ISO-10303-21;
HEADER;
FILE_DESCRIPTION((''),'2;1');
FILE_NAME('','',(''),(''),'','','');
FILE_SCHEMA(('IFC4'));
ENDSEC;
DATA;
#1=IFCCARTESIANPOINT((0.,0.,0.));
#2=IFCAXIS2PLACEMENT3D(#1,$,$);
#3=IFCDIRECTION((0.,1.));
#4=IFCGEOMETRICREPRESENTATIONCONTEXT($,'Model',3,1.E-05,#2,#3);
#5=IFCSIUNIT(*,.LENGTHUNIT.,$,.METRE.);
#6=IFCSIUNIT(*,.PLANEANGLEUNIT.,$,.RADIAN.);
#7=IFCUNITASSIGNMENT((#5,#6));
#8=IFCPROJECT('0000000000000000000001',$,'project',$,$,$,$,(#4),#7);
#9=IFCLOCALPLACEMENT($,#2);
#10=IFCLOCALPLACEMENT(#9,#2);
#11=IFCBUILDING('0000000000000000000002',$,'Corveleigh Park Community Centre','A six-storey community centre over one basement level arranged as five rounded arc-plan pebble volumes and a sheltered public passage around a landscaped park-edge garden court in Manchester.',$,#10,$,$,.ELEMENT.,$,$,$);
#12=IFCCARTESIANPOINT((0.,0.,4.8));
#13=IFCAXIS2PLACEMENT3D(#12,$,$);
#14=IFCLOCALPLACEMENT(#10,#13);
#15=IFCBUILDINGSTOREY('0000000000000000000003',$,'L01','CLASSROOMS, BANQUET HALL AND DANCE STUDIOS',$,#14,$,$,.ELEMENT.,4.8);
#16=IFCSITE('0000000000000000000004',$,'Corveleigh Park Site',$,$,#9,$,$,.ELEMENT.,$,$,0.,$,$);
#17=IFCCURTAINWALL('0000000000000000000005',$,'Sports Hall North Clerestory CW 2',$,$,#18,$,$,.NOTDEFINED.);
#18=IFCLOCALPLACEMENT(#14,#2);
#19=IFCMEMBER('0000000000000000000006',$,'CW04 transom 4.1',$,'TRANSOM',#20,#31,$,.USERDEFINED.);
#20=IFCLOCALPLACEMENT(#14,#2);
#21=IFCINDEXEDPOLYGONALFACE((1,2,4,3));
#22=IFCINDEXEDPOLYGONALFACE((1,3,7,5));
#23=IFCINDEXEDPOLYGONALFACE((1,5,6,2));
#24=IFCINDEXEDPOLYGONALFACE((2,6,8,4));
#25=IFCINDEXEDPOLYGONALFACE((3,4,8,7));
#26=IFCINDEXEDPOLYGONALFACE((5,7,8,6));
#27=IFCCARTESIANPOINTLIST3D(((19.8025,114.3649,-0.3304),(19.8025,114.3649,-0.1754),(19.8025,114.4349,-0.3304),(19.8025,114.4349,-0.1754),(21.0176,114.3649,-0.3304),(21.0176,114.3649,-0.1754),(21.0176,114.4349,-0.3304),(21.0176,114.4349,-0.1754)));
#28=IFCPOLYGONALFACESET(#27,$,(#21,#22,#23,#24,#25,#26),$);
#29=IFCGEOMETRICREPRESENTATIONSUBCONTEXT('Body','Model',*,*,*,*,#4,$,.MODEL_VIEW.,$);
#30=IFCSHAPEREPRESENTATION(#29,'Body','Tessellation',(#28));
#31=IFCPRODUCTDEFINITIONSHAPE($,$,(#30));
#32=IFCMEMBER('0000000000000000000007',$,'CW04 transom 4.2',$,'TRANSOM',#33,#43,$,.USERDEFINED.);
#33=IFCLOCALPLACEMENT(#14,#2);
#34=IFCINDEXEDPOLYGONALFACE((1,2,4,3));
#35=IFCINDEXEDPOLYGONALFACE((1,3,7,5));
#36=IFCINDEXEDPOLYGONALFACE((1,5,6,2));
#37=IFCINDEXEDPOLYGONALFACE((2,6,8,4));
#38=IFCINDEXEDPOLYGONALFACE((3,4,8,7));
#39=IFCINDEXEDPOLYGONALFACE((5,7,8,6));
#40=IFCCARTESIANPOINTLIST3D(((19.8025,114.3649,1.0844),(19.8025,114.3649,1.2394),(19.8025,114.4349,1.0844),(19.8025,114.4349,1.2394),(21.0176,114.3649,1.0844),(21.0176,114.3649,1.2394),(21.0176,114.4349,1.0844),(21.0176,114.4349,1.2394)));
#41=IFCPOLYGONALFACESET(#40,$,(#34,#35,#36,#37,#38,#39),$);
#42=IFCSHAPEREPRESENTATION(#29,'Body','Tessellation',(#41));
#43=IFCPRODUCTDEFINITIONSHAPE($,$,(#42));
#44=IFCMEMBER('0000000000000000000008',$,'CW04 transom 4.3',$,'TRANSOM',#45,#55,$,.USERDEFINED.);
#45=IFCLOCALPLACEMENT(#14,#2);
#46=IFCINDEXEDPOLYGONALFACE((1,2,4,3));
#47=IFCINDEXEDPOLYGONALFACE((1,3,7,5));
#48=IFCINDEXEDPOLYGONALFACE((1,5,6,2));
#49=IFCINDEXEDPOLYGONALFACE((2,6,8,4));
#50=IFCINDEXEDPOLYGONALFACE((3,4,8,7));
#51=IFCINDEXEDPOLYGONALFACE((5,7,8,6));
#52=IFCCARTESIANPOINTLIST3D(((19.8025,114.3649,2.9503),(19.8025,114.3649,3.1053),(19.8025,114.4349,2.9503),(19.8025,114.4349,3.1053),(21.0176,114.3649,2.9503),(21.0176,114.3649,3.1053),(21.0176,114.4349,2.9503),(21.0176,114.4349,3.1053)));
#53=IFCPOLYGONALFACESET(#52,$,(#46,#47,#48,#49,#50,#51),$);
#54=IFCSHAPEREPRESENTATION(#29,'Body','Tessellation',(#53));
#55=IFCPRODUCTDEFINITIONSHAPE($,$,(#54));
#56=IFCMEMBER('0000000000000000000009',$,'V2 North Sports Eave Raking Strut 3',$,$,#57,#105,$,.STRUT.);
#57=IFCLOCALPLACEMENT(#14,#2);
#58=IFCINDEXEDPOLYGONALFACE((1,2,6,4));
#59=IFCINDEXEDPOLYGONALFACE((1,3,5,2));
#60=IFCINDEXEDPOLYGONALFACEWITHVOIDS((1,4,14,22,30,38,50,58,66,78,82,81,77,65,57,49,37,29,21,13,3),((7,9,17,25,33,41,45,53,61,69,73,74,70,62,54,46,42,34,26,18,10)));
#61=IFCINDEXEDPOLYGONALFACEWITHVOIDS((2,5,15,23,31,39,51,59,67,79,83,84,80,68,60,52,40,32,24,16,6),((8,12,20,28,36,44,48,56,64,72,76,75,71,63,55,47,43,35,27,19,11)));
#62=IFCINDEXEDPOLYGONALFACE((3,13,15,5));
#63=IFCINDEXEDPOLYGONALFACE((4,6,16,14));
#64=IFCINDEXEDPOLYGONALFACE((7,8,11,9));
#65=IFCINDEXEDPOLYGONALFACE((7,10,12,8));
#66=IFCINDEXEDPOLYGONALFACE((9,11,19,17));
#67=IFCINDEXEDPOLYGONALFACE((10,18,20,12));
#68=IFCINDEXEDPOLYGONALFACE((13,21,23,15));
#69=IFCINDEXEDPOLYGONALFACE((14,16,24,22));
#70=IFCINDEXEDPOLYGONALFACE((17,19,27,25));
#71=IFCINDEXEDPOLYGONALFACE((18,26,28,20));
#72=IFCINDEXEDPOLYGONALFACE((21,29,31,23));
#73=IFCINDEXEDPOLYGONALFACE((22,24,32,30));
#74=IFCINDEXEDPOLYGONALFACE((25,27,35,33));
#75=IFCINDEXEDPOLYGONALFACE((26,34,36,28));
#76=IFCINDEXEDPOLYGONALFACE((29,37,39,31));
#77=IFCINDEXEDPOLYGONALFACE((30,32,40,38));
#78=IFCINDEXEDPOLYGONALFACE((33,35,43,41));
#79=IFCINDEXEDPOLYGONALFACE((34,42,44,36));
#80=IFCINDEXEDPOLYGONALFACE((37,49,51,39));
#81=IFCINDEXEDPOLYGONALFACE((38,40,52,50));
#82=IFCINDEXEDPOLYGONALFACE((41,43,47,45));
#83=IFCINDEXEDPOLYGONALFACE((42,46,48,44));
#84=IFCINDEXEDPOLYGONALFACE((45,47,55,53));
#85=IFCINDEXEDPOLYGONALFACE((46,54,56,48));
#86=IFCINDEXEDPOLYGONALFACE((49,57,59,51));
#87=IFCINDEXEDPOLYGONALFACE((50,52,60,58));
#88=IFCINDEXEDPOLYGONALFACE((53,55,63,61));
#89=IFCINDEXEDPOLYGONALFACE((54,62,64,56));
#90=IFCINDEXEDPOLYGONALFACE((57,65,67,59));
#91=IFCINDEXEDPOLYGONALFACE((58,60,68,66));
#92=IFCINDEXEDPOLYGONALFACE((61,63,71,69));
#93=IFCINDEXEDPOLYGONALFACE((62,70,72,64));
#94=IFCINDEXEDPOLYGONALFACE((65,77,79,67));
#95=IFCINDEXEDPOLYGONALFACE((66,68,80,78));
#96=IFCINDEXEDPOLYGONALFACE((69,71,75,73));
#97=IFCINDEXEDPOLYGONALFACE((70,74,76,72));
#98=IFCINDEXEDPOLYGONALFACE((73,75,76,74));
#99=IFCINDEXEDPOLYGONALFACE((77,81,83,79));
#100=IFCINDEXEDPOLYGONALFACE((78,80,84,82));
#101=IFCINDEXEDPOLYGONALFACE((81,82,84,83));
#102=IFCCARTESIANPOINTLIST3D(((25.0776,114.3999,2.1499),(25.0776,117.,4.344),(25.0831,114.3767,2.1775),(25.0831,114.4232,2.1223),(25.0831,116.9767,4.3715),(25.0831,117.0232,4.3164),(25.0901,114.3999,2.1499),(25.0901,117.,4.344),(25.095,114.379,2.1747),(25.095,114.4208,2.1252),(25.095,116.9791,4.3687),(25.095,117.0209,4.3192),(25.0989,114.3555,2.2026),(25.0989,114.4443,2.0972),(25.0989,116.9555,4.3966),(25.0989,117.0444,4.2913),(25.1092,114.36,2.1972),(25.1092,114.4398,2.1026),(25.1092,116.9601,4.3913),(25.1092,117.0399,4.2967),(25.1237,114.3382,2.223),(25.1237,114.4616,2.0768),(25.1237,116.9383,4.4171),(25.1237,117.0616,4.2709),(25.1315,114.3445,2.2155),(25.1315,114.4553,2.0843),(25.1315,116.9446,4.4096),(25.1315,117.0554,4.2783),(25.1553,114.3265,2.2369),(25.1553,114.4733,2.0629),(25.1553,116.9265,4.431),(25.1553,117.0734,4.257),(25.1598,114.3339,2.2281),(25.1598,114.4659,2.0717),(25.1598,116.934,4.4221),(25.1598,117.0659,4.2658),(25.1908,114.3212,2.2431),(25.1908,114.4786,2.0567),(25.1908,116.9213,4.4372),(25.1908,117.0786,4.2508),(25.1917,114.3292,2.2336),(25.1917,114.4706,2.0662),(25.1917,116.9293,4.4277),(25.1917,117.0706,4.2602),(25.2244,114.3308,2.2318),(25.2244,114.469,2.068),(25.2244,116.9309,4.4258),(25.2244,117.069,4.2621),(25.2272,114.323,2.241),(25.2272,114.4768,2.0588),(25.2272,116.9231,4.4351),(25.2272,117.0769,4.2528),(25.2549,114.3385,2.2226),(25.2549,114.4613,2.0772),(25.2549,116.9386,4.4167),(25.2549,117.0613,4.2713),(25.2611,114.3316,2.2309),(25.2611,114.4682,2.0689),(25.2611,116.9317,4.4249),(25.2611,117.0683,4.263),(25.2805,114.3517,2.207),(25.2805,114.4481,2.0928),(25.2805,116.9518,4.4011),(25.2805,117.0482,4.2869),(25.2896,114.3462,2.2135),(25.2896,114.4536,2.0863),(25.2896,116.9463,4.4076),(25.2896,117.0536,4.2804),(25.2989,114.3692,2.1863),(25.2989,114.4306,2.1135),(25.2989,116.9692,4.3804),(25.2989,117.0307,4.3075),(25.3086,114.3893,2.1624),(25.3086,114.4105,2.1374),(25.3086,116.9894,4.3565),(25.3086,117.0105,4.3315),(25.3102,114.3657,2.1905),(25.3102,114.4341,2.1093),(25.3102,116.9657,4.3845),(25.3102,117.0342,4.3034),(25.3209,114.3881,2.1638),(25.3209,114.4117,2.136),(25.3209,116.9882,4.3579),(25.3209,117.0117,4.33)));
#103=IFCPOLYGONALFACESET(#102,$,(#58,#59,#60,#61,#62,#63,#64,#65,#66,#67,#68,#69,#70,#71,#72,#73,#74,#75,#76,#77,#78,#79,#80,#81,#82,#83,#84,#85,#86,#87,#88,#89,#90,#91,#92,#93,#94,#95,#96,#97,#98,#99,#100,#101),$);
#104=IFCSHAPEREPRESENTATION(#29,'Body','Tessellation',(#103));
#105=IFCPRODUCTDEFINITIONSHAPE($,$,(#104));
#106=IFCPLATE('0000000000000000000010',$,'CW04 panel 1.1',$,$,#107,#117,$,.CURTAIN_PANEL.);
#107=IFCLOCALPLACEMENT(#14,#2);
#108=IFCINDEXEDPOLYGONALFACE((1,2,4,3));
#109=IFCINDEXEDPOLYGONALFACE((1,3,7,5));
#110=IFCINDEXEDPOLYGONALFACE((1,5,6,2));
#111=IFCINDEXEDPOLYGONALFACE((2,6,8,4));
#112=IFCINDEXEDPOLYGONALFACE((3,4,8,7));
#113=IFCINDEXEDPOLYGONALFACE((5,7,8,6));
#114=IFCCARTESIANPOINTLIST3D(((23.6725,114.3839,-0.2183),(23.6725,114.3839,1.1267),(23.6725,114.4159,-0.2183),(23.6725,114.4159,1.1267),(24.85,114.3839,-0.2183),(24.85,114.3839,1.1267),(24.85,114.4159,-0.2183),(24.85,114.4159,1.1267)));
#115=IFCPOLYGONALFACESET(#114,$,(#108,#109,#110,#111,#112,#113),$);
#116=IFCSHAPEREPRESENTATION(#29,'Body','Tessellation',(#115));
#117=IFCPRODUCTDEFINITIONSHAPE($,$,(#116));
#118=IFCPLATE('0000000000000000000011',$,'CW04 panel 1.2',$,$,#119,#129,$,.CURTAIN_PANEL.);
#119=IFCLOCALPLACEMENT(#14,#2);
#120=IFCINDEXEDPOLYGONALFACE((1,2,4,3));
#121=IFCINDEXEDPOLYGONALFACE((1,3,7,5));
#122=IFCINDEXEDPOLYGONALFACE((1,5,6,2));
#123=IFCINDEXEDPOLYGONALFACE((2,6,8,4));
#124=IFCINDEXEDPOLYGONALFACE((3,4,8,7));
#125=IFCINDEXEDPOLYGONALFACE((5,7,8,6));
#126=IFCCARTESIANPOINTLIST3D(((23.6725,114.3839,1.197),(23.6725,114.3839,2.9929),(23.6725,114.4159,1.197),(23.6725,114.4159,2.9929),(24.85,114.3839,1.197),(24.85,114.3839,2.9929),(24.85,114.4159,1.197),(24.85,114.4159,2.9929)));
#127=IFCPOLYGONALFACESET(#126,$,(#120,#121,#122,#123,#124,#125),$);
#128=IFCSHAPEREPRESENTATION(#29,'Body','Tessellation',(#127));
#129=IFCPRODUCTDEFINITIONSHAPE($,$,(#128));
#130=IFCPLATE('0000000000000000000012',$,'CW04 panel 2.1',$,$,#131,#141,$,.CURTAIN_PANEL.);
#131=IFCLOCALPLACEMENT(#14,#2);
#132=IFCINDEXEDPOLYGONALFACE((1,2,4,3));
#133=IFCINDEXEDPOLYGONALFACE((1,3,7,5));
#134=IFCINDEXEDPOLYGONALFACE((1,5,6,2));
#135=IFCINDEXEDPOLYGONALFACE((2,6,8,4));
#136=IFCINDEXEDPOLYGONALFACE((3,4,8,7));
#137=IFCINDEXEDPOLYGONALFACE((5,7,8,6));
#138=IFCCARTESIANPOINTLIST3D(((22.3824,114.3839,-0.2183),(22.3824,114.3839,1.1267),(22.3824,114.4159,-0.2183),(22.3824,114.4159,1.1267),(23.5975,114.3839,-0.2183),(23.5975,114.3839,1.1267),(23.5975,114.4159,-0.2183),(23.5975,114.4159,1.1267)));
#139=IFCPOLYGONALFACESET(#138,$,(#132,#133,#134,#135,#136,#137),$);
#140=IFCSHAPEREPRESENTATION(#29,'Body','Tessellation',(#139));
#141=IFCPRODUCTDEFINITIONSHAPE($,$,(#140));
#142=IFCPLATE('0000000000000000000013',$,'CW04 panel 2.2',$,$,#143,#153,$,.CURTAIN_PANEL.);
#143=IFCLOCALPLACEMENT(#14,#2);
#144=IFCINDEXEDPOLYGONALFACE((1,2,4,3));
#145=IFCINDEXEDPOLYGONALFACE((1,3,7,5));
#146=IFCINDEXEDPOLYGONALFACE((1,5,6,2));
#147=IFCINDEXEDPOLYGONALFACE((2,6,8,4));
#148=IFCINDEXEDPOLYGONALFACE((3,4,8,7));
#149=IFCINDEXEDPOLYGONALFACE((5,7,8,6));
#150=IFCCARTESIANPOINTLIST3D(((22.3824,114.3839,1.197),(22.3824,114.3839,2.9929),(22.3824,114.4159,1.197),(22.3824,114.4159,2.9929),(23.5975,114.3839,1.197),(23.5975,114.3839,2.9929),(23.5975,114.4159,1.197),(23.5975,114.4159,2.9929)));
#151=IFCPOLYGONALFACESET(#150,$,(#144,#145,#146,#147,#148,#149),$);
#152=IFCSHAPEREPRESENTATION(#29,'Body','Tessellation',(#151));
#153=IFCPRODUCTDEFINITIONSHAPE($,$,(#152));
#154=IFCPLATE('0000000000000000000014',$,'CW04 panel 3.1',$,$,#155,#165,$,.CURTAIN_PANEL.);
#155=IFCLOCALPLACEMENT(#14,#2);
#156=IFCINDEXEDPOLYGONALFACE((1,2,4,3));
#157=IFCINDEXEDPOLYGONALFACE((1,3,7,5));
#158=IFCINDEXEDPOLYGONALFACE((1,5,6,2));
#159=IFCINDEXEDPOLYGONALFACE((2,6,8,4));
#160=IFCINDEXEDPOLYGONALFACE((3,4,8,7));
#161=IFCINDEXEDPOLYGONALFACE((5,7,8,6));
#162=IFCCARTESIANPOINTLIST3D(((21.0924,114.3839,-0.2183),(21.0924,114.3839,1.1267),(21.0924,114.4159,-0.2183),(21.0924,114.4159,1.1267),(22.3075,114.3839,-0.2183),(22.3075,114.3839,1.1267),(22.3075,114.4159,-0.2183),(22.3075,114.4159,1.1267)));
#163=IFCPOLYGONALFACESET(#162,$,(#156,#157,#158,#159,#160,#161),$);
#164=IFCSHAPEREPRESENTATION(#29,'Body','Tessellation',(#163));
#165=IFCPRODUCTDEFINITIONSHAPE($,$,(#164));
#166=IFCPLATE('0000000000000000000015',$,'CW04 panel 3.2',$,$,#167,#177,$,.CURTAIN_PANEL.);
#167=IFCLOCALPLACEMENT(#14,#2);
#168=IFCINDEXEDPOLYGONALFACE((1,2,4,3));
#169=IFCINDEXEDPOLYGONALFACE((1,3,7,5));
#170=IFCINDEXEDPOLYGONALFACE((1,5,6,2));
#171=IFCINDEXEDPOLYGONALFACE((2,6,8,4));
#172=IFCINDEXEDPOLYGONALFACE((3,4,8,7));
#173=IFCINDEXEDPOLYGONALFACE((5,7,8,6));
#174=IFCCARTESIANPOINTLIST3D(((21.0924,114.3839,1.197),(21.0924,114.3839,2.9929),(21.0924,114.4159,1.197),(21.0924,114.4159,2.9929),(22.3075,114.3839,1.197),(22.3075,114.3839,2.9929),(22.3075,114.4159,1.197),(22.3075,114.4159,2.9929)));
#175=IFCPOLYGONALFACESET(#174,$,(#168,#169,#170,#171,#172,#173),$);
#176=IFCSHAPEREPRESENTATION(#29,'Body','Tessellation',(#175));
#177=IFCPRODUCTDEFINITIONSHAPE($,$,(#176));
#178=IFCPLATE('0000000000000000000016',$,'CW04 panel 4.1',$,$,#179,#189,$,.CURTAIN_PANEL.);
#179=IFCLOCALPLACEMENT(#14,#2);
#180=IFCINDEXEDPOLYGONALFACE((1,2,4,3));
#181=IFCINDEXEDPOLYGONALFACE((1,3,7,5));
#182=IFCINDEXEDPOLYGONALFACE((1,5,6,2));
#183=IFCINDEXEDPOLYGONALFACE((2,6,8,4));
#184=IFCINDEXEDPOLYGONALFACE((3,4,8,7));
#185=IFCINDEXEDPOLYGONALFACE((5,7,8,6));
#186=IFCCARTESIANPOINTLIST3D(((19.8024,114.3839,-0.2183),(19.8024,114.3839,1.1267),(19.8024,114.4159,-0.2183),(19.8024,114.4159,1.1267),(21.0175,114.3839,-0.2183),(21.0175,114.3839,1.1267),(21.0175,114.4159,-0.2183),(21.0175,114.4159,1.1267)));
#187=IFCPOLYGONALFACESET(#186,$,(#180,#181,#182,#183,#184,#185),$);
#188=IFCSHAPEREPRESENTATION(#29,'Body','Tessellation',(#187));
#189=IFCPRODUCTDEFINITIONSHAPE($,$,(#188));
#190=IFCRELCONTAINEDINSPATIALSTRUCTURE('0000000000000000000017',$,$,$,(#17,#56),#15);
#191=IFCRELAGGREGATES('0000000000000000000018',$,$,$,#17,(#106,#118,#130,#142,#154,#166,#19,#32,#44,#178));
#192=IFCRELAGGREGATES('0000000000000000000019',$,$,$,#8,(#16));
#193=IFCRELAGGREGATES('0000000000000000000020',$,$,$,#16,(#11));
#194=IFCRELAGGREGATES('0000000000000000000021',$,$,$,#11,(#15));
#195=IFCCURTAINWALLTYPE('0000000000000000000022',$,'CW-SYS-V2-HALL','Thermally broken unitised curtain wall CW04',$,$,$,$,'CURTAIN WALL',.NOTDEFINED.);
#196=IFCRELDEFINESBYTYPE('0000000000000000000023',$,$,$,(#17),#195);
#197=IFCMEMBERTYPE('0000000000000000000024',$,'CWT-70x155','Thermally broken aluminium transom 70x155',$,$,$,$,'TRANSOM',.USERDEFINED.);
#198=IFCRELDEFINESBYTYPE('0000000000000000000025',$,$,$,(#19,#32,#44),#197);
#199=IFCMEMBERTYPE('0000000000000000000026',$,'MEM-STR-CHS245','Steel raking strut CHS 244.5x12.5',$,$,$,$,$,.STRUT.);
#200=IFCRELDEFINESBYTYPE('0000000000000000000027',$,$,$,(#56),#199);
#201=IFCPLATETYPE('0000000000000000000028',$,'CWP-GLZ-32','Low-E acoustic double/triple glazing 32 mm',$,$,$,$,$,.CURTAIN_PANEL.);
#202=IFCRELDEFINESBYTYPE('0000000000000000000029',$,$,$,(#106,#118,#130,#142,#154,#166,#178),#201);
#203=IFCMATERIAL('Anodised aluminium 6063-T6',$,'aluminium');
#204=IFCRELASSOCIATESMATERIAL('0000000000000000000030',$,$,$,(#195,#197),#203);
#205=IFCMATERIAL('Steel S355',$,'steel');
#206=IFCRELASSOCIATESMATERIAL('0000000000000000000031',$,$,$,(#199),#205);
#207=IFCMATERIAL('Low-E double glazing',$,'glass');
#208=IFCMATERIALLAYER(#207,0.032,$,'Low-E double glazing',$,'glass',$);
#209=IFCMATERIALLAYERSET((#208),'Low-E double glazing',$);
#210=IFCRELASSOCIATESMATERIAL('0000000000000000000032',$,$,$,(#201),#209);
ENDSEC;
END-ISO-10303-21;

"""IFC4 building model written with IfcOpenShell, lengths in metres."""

from ifc_helpers import new_model, si_unit, direction, frame, origin, origin_2d, place, context, subcontext, project, spatial, rectangle, hollow_circle, extrude, material, layer, layer_set, material_profile, profile_set, type_object, element, aggregate, save


model = new_model("IFC4")

# Units and contexts
model_context = context("Model", 3, precision=1e-05, world=origin(), true_north=direction((0.0, 1.0)))
body_context = subcontext(model_context, "Body", "Model", "MODEL_VIEW")
ifc_project = project(units=[si_unit("LENGTHUNIT", "METRE"), si_unit("PLANEANGLEUNIT", "RADIAN")], contexts=[model_context])

# Site, building, storey
site_placement = place(None, origin())
site = spatial("IfcSite", under=ifc_project, at=site_placement, Name="Corveleigh Park Site", CompositionType="ELEMENT", RefElevation=0.0)
building_placement = place(site_placement, origin())
building = spatial("IfcBuilding", under=site, at=building_placement, Name="Corveleigh Park Community Centre", Description="A six-storey community centre over one basement level arranged as five rounded arc-plan pebble volumes and a sheltered public passage around a landscaped park-edge garden court in Manchester.", CompositionType="ELEMENT")
storey_placement = place(building_placement, frame((0.0, 0.0, 4.8)))
storey = spatial("IfcBuildingStorey", under=building, at=storey_placement, Name="L01", Description="CLASSROOMS, BANQUET HALL AND DANCE STUDIOS", CompositionType="ELEMENT", Elevation=4.8)

# Curtain wall, members
ifc_material_1 = material(Name="Anodised aluminium 6063-T6", Category="aluminium")
curtain_wall_type = type_object("IfcCurtainWallType", Name="CW-SYS-V2-HALL", Description="Thermally broken unitised curtain wall CW04", ElementType="CURTAIN WALL", PredefinedType="NOTDEFINED", material=ifc_material_1)
curtain_wall_placement = place(storey_placement, origin())
curtain_wall = element("IfcCurtainWall", 1, at=curtain_wall_placement, inside=storey, type_object=curtain_wall_type, Name="Sports Hall North Clerestory CW 2", PredefinedType="NOTDEFINED")
ifc_material_profile_1 = material_profile(ifc_material_1, rectangle(XDim=0.0701, YDim=0.155, at=origin_2d()), Name="ALU-T70x155", Category="aluminium")
ifc_profile_set_1 = profile_set([ifc_material_profile_1], Name="Anodised aluminium 6063-T6")
member_type_1 = type_object("IfcMemberType", Name="CWT-70x155", Description="Thermally broken aluminium transom 70x155", ElementType="TRANSOM", PredefinedType="USERDEFINED", material=ifc_profile_set_1)
member_1_placement = place(storey_placement, frame((21.0176, 114.3999, -0.2529), z_axis=(-1.0, 0.0, 0.0), x_axis=(0.0, -1.0, 0.0)))
member_1 = element("IfcMember", 2, at=member_1_placement, type_object=member_type_1, Name="CW04 transom 4.1", ObjectType="TRANSOM", PredefinedType="USERDEFINED", context=body_context, shape_type="SweptSolid", body=[
    extrude(rectangle(XDim=0.0701, YDim=0.155, at=origin_2d()), origin(), (0.0, 0.0, 1.0), 1.2151),
])
member_2_placement = place(storey_placement, frame((21.0176, 114.3999, 1.1619), z_axis=(-1.0, 0.0, 0.0), x_axis=(0.0, -1.0, 0.0)))
member_2 = element("IfcMember", 3, at=member_2_placement, type_object=member_type_1, Name="CW04 transom 4.2", ObjectType="TRANSOM", PredefinedType="USERDEFINED", context=body_context, shape_type="SweptSolid", body=[
    extrude(rectangle(XDim=0.0701, YDim=0.155, at=origin_2d()), origin(), (0.0, 0.0, 1.0), 1.2151),
])
member_3_placement = place(storey_placement, frame((21.0176, 114.3999, 3.0278), z_axis=(-1.0, 0.0, 0.0), x_axis=(0.0, -1.0, 0.0)))
member_3 = element("IfcMember", 4, at=member_3_placement, type_object=member_type_1, Name="CW04 transom 4.3", ObjectType="TRANSOM", PredefinedType="USERDEFINED", context=body_context, shape_type="SweptSolid", body=[
    extrude(rectangle(XDim=0.0701, YDim=0.155, at=origin_2d()), origin(), (0.0, 0.0, 1.0), 1.2151),
])

# Member
ifc_material_2 = material(Name="Steel S355", Category="steel")
ifc_material_profile_2 = material_profile(ifc_material_2, hollow_circle(Radius=0.1223, WallThickness=0.0125, at=origin_2d()), Name="CHS 244.5x12.5", Category="steel")
ifc_profile_set_2 = profile_set([ifc_material_profile_2], Name="Steel S355")
member_type_2 = type_object("IfcMemberType", Name="MEM-STR-CHS245", Description="Steel raking strut CHS 244.5x12.5", PredefinedType="STRUT", material=ifc_profile_set_2)
member_4_placement = place(storey_placement, frame((25.2, 114.3999, 2.1499), z_axis=(0.0, 0.764254, 0.644915), x_axis=(-1.0, 0.0, 0.0)))
element("IfcMember", 5, at=member_4_placement, inside=storey, type_object=member_type_2, Name="V2 North Sports Eave Raking Strut 3", PredefinedType="STRUT", context=body_context, shape_type="SweptSolid", body=[
    extrude(hollow_circle(Radius=0.1223, WallThickness=0.0125, at=origin_2d()), origin(), (0.0, 0.0, 1.0), 3.4021),
])

# Plates
ifc_material_3 = material(Name="Low-E double glazing", Category="glass")
ifc_layer_1 = layer(ifc_material_3, 0.032, Name="Low-E double glazing", Category="glass")
ifc_layer_set_1 = layer_set([ifc_layer_1], Name="Low-E double glazing")
plate_type_1 = type_object("IfcPlateType", Name="CWP-GLZ-32", Description="Low-E acoustic double/triple glazing 32 mm", PredefinedType="CURTAIN_PANEL", material=ifc_layer_set_1)
plate_1_placement = place(storey_placement, frame((24.2612, 114.3999, -0.2183), z_axis=(0.0, 0.0, 1.0), x_axis=(-1.0, 0.0, 0.0)))
plate_1 = element("IfcPlate", 6, at=plate_1_placement, type_object=plate_type_1, Name="CW04 panel 1.1", PredefinedType="CURTAIN_PANEL", context=body_context, shape_type="SweptSolid", body=[
    extrude(rectangle(XDim=1.1775, YDim=0.032, at=origin_2d()), origin(), (0.0, 0.0, 1.0), 1.345),
])
plate_2_placement = place(storey_placement, frame((24.2612, 114.3999, 1.197), z_axis=(0.0, 0.0, 1.0), x_axis=(-1.0, 0.0, 0.0)))
plate_2 = element("IfcPlate", 7, at=plate_2_placement, type_object=plate_type_1, Name="CW04 panel 1.2", PredefinedType="CURTAIN_PANEL", context=body_context, shape_type="SweptSolid", body=[
    extrude(rectangle(XDim=1.1775, YDim=0.032, at=origin_2d()), origin(), (0.0, 0.0, 1.0), 1.7959),
])
plate_3_placement = place(storey_placement, frame((22.99, 114.3999, -0.2183), z_axis=(0.0, 0.0, 1.0), x_axis=(-1.0, 0.0, 0.0)))
plate_3 = element("IfcPlate", 8, at=plate_3_placement, type_object=plate_type_1, Name="CW04 panel 2.1", PredefinedType="CURTAIN_PANEL", context=body_context, shape_type="SweptSolid", body=[
    extrude(rectangle(XDim=1.2151, YDim=0.032, at=origin_2d()), origin(), (0.0, 0.0, 1.0), 1.345),
])
plate_4_placement = place(storey_placement, frame((22.99, 114.3999, 1.197), z_axis=(0.0, 0.0, 1.0), x_axis=(-1.0, 0.0, 0.0)))
plate_4 = element("IfcPlate", 9, at=plate_4_placement, type_object=plate_type_1, Name="CW04 panel 2.2", PredefinedType="CURTAIN_PANEL", context=body_context, shape_type="SweptSolid", body=[
    extrude(rectangle(XDim=1.2151, YDim=0.032, at=origin_2d()), origin(), (0.0, 0.0, 1.0), 1.7959),
])
plate_5_placement = place(storey_placement, frame((21.7, 114.3999, -0.2183), z_axis=(0.0, 0.0, 1.0), x_axis=(-1.0, 0.0, 0.0)))
plate_5 = element("IfcPlate", 10, at=plate_5_placement, type_object=plate_type_1, Name="CW04 panel 3.1", PredefinedType="CURTAIN_PANEL", context=body_context, shape_type="SweptSolid", body=[
    extrude(rectangle(XDim=1.2151, YDim=0.032, at=origin_2d()), origin(), (0.0, 0.0, 1.0), 1.345),
])
plate_6_placement = place(storey_placement, frame((21.7, 114.3999, 1.197), z_axis=(0.0, 0.0, 1.0), x_axis=(-1.0, 0.0, 0.0)))
plate_6 = element("IfcPlate", 11, at=plate_6_placement, type_object=plate_type_1, Name="CW04 panel 3.2", PredefinedType="CURTAIN_PANEL", context=body_context, shape_type="SweptSolid", body=[
    extrude(rectangle(XDim=1.2151, YDim=0.032, at=origin_2d()), origin(), (0.0, 0.0, 1.0), 1.7959),
])
plate_7_placement = place(storey_placement, frame((20.4099, 114.3999, -0.2183), z_axis=(0.0, 0.0, 1.0), x_axis=(-1.0, 0.0, 0.0)))
plate_7 = element("IfcPlate", 12, at=plate_7_placement, type_object=plate_type_1, Name="CW04 panel 4.1", PredefinedType="CURTAIN_PANEL", context=body_context, shape_type="SweptSolid", body=[
    extrude(rectangle(XDim=1.2151, YDim=0.032, at=origin_2d()), origin(), (0.0, 0.0, 1.0), 1.345),
])
aggregate(curtain_wall, [plate_1, plate_2, plate_3, plate_4, plate_5, plate_6, member_1, member_2, member_3, plate_7])

save(model, "model.ifc")
